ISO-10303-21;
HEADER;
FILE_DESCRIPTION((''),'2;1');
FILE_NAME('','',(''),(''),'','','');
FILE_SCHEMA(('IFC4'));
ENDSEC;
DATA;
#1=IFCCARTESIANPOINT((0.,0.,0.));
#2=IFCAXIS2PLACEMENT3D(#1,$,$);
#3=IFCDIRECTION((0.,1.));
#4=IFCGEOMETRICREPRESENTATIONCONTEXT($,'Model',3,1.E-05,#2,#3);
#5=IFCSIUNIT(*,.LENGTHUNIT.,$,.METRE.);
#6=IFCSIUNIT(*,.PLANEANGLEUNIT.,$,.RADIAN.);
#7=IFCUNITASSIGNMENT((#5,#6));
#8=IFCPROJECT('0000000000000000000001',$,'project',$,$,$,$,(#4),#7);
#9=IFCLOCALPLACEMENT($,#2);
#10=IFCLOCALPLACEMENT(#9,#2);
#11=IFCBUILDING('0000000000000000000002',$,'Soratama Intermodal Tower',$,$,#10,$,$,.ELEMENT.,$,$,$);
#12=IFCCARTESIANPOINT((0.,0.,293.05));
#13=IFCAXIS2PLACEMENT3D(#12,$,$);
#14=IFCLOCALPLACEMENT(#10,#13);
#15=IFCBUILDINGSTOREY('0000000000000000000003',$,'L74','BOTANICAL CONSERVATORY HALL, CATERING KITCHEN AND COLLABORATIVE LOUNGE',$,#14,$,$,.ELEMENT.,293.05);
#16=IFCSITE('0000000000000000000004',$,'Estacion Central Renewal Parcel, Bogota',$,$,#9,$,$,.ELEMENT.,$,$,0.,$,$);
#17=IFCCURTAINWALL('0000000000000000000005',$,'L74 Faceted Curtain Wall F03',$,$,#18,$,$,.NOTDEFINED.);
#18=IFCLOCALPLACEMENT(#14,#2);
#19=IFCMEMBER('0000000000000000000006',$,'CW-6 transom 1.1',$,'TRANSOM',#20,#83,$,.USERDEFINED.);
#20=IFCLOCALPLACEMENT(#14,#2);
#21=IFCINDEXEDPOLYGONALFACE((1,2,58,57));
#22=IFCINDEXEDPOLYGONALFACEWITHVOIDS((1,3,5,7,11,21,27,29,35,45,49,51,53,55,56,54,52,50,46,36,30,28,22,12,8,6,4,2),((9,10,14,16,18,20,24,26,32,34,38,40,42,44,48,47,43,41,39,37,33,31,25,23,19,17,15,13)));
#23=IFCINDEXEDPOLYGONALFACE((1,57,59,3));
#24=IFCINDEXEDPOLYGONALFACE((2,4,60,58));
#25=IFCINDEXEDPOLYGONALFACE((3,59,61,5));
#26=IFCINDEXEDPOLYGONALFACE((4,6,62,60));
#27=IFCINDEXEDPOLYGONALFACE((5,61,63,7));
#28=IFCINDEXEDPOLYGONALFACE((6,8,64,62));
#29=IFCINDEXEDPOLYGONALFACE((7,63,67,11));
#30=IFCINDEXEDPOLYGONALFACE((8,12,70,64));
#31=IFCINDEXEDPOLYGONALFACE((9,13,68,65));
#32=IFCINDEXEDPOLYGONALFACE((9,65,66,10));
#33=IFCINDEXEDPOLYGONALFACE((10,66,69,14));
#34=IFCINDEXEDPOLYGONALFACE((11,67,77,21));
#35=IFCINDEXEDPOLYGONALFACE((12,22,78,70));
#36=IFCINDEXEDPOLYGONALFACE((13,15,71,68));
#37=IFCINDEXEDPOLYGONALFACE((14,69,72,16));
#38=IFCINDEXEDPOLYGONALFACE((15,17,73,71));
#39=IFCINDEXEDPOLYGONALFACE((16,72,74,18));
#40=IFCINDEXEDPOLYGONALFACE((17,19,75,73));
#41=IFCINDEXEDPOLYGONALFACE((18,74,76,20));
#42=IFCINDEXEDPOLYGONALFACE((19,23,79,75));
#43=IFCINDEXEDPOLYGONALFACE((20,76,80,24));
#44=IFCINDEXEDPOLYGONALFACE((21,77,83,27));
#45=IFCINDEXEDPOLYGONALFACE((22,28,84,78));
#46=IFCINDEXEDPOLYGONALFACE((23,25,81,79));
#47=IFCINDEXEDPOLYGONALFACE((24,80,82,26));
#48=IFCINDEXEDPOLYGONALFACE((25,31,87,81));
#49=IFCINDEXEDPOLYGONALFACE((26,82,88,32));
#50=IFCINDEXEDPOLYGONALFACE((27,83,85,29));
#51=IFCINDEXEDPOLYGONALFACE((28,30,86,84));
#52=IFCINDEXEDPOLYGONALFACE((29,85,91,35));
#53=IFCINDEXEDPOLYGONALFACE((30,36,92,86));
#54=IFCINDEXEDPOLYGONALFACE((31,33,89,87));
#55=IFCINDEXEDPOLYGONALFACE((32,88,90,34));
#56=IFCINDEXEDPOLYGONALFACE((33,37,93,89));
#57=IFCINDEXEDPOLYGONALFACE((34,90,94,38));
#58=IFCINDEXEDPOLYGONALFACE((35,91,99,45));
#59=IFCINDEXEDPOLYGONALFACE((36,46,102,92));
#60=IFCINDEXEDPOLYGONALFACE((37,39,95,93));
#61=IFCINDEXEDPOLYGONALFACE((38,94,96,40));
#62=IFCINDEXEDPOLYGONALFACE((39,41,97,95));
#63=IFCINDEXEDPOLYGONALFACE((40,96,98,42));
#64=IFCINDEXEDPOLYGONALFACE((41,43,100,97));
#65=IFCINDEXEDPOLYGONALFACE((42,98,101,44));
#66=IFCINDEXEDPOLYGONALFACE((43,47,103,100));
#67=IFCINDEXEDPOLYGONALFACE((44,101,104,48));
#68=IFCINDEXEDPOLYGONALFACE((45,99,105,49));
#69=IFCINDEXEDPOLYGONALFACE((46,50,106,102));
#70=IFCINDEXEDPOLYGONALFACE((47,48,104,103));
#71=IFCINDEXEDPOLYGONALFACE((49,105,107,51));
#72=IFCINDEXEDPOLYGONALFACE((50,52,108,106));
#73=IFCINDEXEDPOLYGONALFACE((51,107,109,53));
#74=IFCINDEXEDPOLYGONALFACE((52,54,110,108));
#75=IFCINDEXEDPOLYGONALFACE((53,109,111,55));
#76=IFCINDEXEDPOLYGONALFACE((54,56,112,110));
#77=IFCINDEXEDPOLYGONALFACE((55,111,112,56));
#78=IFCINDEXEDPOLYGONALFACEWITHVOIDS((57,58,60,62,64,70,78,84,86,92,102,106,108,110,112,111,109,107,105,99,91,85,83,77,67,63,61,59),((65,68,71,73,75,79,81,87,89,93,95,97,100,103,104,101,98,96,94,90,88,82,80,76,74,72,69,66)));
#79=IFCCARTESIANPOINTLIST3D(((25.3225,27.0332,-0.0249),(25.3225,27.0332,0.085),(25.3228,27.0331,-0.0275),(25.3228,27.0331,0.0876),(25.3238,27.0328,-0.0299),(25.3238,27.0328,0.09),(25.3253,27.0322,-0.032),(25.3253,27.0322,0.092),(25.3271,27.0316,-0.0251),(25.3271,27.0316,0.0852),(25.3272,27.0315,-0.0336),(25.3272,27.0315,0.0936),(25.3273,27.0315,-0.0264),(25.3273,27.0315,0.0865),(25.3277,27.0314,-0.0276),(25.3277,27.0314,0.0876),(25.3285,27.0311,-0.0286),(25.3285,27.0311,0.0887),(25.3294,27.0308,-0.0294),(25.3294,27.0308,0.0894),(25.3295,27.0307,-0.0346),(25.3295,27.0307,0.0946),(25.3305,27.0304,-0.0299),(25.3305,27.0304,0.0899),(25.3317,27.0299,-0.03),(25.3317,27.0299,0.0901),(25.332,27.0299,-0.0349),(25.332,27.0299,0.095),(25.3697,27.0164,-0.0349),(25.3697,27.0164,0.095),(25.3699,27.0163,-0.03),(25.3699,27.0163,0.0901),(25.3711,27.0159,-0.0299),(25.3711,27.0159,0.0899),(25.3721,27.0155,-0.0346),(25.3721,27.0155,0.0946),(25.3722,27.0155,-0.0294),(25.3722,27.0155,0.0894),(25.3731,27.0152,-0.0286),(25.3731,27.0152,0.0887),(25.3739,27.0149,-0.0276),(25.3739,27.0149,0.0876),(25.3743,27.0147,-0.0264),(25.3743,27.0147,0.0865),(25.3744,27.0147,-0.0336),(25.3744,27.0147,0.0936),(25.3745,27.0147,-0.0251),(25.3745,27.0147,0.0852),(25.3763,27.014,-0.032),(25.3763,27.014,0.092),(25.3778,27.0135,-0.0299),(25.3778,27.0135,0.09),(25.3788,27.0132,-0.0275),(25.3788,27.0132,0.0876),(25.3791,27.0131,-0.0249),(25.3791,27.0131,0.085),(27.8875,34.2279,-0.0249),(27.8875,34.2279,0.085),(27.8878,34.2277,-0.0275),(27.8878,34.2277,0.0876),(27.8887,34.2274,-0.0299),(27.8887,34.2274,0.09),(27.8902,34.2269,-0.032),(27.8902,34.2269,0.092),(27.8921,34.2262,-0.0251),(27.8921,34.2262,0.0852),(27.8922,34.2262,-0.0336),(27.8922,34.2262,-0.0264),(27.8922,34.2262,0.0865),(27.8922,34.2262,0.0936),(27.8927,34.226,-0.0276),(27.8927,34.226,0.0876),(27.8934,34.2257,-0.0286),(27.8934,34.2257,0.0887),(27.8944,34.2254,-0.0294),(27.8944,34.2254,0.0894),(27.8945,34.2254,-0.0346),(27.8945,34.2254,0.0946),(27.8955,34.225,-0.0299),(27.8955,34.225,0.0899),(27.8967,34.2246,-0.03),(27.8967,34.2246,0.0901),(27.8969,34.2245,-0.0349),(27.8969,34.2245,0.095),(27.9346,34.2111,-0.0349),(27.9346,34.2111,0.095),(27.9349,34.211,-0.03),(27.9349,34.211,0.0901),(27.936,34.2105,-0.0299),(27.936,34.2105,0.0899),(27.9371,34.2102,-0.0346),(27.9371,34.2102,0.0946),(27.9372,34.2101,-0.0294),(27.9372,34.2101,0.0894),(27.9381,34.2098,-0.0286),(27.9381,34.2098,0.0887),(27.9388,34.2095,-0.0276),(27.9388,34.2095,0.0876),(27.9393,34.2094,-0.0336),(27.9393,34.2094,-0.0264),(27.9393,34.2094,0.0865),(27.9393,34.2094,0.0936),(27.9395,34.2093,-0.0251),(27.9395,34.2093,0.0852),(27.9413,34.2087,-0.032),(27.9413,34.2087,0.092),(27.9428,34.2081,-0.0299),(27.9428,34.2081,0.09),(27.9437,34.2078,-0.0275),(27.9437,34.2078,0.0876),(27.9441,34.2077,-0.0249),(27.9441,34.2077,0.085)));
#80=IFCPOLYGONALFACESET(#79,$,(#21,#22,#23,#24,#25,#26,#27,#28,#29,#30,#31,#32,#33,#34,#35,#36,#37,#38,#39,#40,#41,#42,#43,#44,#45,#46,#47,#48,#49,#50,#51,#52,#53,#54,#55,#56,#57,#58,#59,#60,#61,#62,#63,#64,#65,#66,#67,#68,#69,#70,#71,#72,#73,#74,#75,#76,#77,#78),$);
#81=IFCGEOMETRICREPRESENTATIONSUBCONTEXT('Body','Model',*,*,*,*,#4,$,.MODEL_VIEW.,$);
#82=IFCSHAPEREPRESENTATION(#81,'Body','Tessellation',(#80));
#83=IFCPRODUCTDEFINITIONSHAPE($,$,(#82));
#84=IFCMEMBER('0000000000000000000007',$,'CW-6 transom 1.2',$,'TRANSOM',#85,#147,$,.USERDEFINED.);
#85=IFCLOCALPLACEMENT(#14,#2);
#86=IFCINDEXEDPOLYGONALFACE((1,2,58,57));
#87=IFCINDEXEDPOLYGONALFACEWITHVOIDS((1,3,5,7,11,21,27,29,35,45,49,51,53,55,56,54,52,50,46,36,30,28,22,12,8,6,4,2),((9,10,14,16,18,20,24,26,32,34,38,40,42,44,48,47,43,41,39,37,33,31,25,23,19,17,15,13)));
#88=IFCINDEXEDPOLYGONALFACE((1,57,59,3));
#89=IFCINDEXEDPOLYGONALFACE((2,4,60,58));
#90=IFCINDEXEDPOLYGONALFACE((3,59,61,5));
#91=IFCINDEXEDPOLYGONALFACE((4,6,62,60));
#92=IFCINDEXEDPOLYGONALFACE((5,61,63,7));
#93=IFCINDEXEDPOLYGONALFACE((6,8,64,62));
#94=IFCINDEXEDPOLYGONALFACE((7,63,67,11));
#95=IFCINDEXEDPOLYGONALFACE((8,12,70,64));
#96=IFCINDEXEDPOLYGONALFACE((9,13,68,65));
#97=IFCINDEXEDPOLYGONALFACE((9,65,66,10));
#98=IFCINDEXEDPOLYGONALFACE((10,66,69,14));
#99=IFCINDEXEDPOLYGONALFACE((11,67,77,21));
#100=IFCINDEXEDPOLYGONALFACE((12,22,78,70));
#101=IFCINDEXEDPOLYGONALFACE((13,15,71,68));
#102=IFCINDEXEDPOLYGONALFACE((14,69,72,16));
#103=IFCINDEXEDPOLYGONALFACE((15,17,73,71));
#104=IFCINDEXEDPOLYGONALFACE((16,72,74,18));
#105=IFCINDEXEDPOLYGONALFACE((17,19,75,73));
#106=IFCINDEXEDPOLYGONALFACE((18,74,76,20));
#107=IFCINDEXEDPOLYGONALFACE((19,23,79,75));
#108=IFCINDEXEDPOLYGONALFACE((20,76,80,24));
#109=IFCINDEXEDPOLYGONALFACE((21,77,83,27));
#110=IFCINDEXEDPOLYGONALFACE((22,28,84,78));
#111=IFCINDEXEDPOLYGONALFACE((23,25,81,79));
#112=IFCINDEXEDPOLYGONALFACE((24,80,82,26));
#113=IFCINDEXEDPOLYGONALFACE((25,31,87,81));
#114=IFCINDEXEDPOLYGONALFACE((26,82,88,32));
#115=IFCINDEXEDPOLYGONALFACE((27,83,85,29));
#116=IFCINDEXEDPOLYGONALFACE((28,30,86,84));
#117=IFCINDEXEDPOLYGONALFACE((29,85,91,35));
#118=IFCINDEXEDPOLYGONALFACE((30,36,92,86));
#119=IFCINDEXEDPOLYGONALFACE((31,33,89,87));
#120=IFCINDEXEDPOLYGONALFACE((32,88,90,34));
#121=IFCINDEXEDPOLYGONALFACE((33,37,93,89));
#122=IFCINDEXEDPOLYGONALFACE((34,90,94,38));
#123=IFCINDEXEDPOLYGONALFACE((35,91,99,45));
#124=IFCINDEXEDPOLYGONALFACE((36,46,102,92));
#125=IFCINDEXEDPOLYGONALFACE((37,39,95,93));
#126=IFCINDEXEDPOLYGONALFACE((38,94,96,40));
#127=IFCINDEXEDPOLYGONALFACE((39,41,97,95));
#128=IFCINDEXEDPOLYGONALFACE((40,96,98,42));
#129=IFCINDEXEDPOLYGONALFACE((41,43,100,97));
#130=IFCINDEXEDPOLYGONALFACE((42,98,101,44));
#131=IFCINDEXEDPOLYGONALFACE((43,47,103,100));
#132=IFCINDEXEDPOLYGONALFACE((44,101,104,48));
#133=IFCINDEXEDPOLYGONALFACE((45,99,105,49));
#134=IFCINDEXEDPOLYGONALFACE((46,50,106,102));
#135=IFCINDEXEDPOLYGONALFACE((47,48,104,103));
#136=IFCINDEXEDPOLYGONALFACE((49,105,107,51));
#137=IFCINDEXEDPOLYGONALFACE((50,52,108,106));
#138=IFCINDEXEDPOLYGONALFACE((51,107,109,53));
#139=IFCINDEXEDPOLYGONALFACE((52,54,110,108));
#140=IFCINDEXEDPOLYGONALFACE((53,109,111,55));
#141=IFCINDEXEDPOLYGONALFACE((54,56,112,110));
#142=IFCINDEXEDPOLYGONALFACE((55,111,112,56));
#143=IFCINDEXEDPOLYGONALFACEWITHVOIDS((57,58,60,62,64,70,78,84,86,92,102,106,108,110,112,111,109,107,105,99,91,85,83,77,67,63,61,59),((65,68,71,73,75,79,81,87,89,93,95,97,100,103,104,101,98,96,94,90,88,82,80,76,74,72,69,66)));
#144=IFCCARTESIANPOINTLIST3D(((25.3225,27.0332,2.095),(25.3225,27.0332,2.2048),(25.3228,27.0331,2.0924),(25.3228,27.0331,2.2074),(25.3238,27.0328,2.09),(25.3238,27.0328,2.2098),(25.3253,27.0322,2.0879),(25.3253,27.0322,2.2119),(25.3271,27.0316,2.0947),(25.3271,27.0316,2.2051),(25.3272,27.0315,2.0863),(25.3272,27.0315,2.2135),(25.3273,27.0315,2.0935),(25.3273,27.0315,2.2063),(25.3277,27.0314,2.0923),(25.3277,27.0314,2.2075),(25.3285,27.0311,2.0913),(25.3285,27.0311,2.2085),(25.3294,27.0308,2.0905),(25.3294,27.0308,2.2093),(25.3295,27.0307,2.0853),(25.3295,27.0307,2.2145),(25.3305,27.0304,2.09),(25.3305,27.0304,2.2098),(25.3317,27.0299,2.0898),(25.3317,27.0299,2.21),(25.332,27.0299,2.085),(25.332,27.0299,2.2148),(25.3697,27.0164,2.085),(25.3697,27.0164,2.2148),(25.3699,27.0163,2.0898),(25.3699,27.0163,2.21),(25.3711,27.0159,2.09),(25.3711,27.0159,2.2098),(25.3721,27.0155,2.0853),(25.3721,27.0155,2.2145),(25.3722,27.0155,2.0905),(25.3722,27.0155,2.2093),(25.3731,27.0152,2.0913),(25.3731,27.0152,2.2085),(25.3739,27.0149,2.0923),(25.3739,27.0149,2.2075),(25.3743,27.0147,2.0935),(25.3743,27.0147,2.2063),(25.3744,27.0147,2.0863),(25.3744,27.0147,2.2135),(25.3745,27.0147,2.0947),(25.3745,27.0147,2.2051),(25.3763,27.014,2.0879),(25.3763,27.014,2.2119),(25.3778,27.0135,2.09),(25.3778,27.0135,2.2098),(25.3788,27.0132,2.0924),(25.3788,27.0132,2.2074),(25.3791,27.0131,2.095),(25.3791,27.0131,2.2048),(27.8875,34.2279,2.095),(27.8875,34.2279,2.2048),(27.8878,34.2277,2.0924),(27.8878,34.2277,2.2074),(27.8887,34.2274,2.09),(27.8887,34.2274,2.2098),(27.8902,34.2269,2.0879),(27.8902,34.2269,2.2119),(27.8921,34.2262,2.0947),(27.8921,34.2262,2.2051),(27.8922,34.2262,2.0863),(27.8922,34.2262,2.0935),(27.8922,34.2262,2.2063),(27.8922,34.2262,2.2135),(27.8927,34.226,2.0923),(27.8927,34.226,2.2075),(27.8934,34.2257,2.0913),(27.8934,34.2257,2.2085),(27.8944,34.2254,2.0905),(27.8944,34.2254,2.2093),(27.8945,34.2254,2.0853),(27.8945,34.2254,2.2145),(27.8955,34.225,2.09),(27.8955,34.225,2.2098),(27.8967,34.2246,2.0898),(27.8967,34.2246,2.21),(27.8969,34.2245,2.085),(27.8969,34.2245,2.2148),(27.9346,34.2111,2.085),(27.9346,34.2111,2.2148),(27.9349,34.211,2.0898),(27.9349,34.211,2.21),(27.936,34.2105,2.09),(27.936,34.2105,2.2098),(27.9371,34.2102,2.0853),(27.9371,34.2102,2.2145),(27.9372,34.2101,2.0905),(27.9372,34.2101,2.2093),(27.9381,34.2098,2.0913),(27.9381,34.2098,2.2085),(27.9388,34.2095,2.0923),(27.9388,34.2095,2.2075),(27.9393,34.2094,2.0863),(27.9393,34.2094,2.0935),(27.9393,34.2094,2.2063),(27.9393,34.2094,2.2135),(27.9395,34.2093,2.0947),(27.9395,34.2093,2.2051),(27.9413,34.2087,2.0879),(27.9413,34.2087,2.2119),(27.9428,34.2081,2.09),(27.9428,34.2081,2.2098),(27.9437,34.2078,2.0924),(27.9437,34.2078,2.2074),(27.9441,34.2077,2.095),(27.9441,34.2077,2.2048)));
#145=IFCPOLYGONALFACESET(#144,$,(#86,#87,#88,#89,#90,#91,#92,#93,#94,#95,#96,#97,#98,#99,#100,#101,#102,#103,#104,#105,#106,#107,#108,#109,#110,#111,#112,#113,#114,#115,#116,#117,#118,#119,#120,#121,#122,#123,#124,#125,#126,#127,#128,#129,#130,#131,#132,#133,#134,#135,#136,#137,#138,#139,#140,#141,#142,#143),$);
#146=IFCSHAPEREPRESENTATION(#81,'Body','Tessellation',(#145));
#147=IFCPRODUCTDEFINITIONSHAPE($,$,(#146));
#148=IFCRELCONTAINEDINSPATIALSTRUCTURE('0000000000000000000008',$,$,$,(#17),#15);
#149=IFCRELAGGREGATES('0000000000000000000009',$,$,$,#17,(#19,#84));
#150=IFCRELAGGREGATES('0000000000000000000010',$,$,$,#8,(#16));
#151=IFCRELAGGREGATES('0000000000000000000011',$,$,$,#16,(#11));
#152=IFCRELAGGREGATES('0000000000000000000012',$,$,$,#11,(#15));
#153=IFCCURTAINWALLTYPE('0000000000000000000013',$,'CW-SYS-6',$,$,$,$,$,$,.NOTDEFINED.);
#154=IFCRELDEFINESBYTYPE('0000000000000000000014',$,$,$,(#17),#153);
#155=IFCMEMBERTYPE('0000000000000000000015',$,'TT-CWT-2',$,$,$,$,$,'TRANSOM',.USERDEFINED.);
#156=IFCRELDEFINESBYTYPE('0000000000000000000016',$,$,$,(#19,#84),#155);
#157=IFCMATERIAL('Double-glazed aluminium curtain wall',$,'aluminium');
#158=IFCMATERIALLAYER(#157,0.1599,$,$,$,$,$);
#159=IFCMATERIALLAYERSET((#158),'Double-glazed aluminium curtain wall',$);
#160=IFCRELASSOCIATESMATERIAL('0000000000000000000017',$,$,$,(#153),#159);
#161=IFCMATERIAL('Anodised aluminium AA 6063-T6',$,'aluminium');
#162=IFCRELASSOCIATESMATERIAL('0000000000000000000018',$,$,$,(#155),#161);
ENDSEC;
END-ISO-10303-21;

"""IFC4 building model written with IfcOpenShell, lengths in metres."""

from ifc_helpers import new_model, si_unit, direction, frame, origin, origin_2d, place, context, subcontext, project, spatial, hollow_rectangle, extrude, material, layer, layer_set, material_profile, profile_set, type_object, element, aggregate, save


model = new_model("IFC4")

# Units and contexts
model_context = context("Model", 3, precision=1e-05, world=origin(), true_north=direction((0.0, 1.0)))
body_context = subcontext(model_context, "Body", "Model", "MODEL_VIEW")
ifc_project = project(units=[si_unit("LENGTHUNIT", "METRE"), si_unit("PLANEANGLEUNIT", "RADIAN")], contexts=[model_context])

# Site, building, storey
site_placement = place(None, origin())
site = spatial("IfcSite", under=ifc_project, at=site_placement, Name="Estacion Central Renewal Parcel, Bogota", CompositionType="ELEMENT", RefElevation=0.0)
building_placement = place(site_placement, origin())
building = spatial("IfcBuilding", under=site, at=building_placement, Name="Soratama Intermodal Tower", CompositionType="ELEMENT")
storey_placement = place(building_placement, frame((0.0, 0.0, 293.05)))
storey = spatial("IfcBuildingStorey", under=building, at=storey_placement, Name="L74", Description="BOTANICAL CONSERVATORY HALL, CATERING KITCHEN AND COLLABORATIVE LOUNGE", CompositionType="ELEMENT", Elevation=293.05)

# Shared definitions
ifc_material_1 = material(Name="Double-glazed aluminium curtain wall", Category="aluminium")
ifc_layer_1 = layer(ifc_material_1, 0.1599)
ifc_layer_set_1 = layer_set([ifc_layer_1], Name="Double-glazed aluminium curtain wall")
curtain_wall_type = type_object("IfcCurtainWallType", Name="CW-SYS-6", PredefinedType="NOTDEFINED", material=ifc_layer_set_1)

# Curtain wall, members
curtain_wall_1_placement = place(storey_placement, origin())
curtain_wall_1 = element("IfcCurtainWall", 1, at=curtain_wall_1_placement, inside=storey, type_object=curtain_wall_type, Name="L74 Faceted Curtain Wall F03", PredefinedType="NOTDEFINED")
ifc_material_2 = material(Name="Anodised aluminium AA 6063-T6", Category="aluminium")
ifc_material_profile_1 = material_profile(ifc_material_2, hollow_rectangle(XDim=0.0601, YDim=0.1299, WallThickness=0.0049, InnerFilletRadius=0.0049, OuterFilletRadius=0.01, at=origin_2d()), Name="CWT130X60X5")
ifc_profile_set_1 = profile_set([ifc_material_profile_1], Name="Anodised aluminium AA 6063-T6")
member_type_1 = type_object("IfcMemberType", Name="TT-CWT-2", ElementType="TRANSOM", PredefinedType="USERDEFINED", material=ifc_profile_set_1)
member_1_placement = place(storey_placement, frame((27.9158, 34.2178, 0.03), z_axis=(-0.335808, -0.941931, 0.0), x_axis=(0.941931, -0.335808, 0.0)))
member_1 = element("IfcMember", 2, at=member_1_placement, type_object=member_type_1, Name="CW-6 transom 1.1", ObjectType="TRANSOM", PredefinedType="USERDEFINED", context=body_context, shape_type="SweptSolid", body=[
    extrude(hollow_rectangle(XDim=0.0601, YDim=0.1299, WallThickness=0.0049, InnerFilletRadius=0.0049, OuterFilletRadius=0.01, at=origin_2d()), origin(), (0.0, 0.0, 1.0), 7.6382),
])
member_2_placement = place(storey_placement, frame((27.9158, 34.2178, 2.1499), z_axis=(-0.335808, -0.941931, 0.0), x_axis=(0.941931, -0.335808, 0.0)))
member_2 = element("IfcMember", 3, at=member_2_placement, type_object=member_type_1, Name="CW-6 transom 1.2", ObjectType="TRANSOM", PredefinedType="USERDEFINED", context=body_context, shape_type="SweptSolid", body=[
    extrude(hollow_rectangle(XDim=0.0601, YDim=0.1299, WallThickness=0.0049, InnerFilletRadius=0.0049, OuterFilletRadius=0.01, at=origin_2d()), origin(), (0.0, 0.0, 1.0), 7.6382),
])
aggregate(curtain_wall_1, [member_1, member_2])

save(model, "model.ifc")
